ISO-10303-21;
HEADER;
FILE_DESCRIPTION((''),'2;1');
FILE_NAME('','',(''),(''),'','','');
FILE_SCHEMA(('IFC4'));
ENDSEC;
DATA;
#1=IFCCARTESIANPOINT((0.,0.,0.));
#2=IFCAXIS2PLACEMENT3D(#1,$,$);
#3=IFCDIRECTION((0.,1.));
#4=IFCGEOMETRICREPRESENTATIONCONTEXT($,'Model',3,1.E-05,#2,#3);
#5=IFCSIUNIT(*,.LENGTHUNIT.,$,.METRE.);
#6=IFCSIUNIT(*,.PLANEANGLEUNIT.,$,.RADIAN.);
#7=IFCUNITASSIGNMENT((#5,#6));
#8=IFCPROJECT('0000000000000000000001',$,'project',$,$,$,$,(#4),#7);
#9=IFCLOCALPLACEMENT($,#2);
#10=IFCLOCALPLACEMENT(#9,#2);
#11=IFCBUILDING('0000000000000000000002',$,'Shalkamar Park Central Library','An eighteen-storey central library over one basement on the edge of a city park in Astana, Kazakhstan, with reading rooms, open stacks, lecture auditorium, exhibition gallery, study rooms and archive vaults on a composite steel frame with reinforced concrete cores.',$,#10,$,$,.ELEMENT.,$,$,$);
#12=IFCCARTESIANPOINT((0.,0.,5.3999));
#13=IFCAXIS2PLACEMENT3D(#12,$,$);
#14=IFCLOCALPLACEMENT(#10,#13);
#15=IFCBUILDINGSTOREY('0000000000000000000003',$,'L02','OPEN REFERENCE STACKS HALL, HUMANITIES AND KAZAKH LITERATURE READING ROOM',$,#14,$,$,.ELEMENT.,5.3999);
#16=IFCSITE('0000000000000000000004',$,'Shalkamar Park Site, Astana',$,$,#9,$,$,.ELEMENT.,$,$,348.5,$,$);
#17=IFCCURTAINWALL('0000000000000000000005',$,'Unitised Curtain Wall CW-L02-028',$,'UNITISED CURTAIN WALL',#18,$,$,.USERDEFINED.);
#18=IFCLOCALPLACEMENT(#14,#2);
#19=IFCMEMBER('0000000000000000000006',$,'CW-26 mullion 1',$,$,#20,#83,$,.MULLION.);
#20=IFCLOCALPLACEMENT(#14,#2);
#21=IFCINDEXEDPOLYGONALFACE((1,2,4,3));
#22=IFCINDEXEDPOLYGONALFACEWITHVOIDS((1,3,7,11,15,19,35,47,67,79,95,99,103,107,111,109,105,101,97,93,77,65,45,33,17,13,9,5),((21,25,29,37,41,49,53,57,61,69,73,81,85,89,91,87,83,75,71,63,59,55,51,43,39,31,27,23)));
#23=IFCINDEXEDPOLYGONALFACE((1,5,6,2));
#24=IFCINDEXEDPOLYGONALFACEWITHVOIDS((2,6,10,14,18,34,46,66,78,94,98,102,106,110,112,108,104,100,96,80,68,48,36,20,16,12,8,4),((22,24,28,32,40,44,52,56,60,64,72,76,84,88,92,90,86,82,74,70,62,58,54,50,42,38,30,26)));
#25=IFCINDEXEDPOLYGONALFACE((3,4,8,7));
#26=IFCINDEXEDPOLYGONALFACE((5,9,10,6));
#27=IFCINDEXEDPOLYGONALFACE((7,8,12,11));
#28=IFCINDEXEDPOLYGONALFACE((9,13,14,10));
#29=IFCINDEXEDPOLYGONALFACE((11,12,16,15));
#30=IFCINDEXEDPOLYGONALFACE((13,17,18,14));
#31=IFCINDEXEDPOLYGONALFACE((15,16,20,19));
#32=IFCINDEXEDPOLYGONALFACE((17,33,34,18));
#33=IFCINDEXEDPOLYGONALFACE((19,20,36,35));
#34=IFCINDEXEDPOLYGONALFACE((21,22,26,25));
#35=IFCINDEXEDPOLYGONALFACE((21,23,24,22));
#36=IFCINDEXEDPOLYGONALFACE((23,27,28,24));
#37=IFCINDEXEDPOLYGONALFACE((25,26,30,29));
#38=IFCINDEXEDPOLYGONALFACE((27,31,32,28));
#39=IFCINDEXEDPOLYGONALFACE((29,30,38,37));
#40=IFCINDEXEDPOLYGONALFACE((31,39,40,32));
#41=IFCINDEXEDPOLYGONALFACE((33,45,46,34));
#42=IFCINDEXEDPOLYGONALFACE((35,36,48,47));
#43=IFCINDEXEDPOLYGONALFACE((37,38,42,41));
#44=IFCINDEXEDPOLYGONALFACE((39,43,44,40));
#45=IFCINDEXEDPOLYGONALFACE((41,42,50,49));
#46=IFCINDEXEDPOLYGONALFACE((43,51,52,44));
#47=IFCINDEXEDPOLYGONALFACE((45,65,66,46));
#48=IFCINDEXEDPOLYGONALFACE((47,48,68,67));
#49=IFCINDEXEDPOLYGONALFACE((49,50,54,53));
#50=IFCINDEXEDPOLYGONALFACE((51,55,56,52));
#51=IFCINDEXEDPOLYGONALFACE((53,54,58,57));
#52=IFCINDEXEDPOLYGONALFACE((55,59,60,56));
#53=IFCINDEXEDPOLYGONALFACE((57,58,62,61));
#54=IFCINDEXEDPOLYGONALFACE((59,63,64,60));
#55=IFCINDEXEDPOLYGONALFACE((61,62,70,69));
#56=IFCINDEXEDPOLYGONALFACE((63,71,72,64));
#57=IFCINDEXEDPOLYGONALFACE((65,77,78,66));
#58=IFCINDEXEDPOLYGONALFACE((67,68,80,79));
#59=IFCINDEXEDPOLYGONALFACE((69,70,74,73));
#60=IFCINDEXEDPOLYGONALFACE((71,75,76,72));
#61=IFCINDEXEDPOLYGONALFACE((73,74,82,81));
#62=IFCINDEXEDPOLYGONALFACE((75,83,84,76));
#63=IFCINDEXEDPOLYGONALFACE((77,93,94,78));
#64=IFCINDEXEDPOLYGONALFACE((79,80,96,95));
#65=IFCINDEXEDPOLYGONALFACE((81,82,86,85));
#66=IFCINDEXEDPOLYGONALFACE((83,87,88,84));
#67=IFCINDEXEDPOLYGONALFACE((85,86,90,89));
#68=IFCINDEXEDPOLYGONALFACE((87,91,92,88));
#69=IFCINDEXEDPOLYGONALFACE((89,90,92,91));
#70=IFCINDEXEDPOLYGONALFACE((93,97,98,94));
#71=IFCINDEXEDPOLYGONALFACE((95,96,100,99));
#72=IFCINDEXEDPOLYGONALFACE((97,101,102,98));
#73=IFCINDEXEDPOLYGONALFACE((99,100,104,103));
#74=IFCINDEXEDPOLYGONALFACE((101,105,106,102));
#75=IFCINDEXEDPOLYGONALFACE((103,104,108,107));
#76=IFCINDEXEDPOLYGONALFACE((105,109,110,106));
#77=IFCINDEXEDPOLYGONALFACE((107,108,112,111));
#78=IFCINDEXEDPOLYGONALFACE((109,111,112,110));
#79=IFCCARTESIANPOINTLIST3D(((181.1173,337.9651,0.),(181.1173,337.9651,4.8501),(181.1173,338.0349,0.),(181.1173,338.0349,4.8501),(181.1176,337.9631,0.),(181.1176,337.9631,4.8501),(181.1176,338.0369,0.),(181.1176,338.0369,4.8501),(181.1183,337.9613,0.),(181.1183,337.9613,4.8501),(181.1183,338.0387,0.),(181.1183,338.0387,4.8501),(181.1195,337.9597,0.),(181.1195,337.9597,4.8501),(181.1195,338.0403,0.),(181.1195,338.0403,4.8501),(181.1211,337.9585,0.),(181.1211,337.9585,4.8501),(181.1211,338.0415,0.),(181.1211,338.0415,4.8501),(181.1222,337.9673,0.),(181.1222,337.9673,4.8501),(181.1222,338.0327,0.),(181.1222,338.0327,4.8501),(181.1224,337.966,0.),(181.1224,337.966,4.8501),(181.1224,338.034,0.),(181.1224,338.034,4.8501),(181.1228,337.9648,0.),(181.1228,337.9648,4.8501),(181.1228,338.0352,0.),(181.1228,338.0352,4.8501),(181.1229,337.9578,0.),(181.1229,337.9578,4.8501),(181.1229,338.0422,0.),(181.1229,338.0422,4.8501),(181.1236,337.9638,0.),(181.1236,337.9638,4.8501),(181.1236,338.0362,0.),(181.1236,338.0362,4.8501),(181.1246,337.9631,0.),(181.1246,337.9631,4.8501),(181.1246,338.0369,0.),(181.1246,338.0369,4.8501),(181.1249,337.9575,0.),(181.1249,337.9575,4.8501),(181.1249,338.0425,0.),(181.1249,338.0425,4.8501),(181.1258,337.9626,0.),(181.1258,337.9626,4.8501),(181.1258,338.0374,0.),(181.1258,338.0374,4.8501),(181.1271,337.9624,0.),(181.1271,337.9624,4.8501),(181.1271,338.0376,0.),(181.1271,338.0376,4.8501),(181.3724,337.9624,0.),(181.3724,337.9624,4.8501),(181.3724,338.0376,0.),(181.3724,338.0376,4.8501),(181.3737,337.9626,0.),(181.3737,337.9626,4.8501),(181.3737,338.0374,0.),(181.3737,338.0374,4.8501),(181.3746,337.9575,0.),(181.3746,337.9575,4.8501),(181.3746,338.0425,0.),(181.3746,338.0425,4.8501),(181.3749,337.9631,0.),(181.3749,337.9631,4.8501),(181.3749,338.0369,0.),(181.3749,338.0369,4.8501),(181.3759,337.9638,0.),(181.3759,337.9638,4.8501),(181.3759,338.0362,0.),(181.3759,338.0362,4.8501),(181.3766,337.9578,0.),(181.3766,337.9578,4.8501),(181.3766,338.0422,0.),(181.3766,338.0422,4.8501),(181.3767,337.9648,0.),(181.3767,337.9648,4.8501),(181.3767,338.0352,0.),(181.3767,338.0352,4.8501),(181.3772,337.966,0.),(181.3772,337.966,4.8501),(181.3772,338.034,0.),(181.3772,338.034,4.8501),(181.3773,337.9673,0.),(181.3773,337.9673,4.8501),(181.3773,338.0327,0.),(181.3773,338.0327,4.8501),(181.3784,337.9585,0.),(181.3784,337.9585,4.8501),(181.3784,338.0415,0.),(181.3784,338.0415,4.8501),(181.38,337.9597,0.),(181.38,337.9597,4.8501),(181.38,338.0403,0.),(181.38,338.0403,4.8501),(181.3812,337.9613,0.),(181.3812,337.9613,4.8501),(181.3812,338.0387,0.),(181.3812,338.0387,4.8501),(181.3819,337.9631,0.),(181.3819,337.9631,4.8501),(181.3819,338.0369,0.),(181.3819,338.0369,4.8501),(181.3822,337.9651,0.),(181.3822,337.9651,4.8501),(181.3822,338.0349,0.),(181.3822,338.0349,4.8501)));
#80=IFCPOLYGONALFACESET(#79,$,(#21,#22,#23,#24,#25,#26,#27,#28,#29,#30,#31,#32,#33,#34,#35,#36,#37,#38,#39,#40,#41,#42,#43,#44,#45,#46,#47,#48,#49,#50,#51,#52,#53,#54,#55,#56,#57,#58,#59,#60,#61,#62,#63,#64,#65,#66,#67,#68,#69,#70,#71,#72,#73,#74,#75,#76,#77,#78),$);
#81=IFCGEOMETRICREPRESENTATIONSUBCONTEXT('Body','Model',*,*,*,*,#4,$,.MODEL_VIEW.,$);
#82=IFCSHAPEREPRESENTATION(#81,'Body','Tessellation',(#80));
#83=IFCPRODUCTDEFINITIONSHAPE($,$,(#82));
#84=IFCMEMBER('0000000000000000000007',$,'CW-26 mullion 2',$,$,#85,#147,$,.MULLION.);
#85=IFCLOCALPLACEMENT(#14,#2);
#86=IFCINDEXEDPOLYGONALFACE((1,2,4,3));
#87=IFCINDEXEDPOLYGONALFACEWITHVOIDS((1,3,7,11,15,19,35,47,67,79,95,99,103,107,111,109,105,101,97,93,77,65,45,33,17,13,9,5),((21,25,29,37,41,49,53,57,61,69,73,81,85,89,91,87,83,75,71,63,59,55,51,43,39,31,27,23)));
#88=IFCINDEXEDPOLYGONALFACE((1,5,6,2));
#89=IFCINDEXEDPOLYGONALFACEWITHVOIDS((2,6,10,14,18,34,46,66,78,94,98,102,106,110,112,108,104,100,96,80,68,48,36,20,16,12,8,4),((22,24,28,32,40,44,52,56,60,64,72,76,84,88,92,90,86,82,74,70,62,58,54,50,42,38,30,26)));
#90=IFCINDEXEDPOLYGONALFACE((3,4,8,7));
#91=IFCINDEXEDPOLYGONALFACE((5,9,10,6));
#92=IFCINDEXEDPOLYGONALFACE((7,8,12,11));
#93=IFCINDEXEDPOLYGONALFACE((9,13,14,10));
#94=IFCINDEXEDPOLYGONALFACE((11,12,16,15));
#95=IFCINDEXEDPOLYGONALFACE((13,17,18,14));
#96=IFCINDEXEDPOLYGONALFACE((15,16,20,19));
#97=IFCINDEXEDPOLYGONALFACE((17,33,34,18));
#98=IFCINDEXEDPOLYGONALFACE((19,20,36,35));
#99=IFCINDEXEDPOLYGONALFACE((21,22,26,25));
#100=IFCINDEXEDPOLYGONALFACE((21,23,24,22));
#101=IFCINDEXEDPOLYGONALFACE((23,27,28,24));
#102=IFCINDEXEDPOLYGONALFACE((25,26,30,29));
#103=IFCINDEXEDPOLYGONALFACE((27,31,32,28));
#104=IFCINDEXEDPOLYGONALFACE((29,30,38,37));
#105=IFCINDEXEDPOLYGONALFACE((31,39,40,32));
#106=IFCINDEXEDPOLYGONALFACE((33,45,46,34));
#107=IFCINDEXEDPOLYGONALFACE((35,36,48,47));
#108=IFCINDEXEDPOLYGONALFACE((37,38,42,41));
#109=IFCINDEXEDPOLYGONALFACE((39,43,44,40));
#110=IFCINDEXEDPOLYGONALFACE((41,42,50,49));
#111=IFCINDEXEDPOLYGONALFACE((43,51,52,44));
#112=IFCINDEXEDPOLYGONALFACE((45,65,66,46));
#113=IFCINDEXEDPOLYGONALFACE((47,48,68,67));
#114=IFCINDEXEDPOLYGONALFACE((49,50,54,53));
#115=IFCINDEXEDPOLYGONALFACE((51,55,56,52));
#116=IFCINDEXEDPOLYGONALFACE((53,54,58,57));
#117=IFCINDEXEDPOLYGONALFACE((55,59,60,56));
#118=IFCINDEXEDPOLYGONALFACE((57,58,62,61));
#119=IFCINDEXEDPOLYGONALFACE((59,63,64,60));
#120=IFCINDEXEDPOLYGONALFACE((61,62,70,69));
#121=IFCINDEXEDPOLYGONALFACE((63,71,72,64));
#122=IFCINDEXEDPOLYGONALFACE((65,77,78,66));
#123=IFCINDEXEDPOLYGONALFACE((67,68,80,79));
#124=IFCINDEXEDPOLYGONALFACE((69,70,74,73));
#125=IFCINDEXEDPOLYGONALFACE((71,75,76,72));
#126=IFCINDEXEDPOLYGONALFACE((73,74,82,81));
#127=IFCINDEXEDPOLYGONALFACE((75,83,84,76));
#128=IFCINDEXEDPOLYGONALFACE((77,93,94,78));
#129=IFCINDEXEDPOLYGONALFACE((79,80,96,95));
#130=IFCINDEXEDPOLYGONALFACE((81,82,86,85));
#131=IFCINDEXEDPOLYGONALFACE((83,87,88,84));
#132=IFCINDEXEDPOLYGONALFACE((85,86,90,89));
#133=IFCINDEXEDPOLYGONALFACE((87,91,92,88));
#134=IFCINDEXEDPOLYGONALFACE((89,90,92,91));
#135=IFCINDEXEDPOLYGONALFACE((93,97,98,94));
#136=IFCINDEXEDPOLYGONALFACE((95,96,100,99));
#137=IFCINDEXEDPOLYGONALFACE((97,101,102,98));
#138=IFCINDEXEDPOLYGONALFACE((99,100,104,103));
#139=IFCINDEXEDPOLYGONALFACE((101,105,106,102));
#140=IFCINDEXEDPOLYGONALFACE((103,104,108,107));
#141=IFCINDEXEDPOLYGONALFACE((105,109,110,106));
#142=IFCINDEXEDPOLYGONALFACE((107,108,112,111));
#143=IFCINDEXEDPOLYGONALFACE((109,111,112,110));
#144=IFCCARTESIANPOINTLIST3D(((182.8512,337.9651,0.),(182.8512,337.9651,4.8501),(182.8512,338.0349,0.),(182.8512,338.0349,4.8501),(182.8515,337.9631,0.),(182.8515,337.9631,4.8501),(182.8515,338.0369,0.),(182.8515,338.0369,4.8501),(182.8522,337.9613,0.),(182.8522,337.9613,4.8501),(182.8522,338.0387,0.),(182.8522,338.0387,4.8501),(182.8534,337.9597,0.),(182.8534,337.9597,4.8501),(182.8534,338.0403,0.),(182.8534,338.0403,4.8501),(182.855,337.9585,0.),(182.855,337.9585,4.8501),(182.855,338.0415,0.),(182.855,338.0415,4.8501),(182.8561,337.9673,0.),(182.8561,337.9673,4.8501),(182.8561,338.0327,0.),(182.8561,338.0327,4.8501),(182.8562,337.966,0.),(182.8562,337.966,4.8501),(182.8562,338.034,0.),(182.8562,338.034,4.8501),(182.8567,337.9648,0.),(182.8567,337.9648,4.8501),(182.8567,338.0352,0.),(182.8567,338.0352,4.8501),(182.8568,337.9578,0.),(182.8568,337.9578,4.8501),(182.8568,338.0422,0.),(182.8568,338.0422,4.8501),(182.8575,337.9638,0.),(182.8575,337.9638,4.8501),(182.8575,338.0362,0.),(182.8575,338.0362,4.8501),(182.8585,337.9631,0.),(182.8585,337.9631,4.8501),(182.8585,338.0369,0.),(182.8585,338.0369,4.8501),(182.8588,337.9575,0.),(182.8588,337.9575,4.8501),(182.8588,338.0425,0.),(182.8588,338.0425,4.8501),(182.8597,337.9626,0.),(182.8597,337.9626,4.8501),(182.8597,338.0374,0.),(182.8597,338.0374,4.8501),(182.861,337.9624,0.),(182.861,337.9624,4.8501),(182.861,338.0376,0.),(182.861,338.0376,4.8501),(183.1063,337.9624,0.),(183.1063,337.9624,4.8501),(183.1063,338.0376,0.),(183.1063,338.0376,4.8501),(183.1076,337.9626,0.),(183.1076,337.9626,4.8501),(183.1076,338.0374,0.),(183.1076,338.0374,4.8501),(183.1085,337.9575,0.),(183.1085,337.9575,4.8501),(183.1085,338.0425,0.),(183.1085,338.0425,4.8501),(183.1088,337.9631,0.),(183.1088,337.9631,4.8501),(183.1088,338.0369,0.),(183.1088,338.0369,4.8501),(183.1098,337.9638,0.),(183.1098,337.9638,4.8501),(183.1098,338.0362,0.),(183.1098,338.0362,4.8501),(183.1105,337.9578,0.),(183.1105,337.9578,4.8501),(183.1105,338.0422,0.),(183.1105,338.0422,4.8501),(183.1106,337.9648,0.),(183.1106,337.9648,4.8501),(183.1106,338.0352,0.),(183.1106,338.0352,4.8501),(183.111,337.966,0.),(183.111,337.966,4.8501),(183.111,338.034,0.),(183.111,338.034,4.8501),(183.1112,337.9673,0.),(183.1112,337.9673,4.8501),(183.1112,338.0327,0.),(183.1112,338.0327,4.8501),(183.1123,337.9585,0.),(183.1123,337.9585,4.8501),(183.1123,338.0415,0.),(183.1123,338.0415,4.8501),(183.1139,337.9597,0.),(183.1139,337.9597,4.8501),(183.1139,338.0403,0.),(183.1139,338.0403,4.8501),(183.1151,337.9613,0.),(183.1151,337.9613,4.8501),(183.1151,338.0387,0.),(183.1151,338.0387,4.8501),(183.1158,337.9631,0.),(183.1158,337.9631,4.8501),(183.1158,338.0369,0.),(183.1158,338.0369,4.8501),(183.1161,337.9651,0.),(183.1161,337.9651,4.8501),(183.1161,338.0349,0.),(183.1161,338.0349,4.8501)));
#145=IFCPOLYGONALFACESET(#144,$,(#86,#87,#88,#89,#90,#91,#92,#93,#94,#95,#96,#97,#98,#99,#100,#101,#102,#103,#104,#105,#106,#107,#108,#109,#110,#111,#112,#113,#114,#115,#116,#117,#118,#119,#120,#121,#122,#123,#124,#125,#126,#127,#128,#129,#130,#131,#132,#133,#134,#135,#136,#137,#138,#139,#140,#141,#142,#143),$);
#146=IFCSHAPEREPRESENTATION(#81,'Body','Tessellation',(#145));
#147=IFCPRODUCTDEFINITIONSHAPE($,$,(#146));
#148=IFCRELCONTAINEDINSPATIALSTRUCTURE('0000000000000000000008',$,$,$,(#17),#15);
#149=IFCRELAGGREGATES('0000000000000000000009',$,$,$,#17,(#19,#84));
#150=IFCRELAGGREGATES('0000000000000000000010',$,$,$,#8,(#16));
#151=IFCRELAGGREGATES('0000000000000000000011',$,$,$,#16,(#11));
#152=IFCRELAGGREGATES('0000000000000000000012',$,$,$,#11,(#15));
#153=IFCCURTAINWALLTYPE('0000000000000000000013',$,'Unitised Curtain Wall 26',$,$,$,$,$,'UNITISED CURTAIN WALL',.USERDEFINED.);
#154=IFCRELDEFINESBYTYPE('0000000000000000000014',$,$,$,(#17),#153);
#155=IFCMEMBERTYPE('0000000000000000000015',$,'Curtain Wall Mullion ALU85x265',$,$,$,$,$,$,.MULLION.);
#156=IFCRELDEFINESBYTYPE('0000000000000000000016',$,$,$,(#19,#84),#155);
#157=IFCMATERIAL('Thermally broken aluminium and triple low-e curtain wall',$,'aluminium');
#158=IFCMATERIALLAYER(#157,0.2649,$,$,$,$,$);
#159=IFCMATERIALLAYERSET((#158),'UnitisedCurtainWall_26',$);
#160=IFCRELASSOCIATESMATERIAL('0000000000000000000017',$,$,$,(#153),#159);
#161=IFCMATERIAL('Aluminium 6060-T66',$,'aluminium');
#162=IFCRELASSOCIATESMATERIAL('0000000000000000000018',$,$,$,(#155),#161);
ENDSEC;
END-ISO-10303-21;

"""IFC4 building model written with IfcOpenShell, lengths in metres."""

from ifc_helpers import new_model, si_unit, direction, frame, origin, origin_2d, place, context, subcontext, project, spatial, hollow_rectangle, extrude, material, layer, layer_set, material_profile, profile_set, type_object, element, aggregate, save


model = new_model("IFC4")

# Units and contexts
model_context = context("Model", 3, precision=1e-05, world=origin(), true_north=direction((0.0, 1.0)))
body_context = subcontext(model_context, "Body", "Model", "MODEL_VIEW")
ifc_project = project(units=[si_unit("LENGTHUNIT", "METRE"), si_unit("PLANEANGLEUNIT", "RADIAN")], contexts=[model_context])

# Site, building, storey
site_placement = place(None, origin())
site = spatial("IfcSite", under=ifc_project, at=site_placement, Name="Shalkamar Park Site, Astana", CompositionType="ELEMENT", RefElevation=348.5)
building_placement = place(site_placement, origin())
building = spatial("IfcBuilding", under=site, at=building_placement, Name="Shalkamar Park Central Library", Description="An eighteen-storey central library over one basement on the edge of a city park in Astana, Kazakhstan, with reading rooms, open stacks, lecture auditorium, exhibition gallery, study rooms and archive vaults on a composite steel frame with reinforced concrete cores.", CompositionType="ELEMENT")
storey_placement = place(building_placement, frame((0.0, 0.0, 5.3999)))
storey = spatial("IfcBuildingStorey", under=building, at=storey_placement, Name="L02", Description="OPEN REFERENCE STACKS HALL, HUMANITIES AND KAZAKH LITERATURE READING ROOM", CompositionType="ELEMENT", Elevation=5.3999)

# Curtain wall, members
ifc_material_1 = material(Name="Thermally broken aluminium and triple low-e curtain wall", Category="aluminium")
ifc_layer_1 = layer(ifc_material_1, 0.2649)
ifc_layer_set_1 = layer_set([ifc_layer_1], Name="UnitisedCurtainWall_26")
curtain_wall_type = type_object("IfcCurtainWallType", Name="Unitised Curtain Wall 26", ElementType="UNITISED CURTAIN WALL", PredefinedType="USERDEFINED", material=ifc_layer_set_1)
curtain_wall_placement = place(storey_placement, origin())
curtain_wall = element("IfcCurtainWall", 1, at=curtain_wall_placement, inside=storey, type_object=curtain_wall_type, Name="Unitised Curtain Wall CW-L02-028", ObjectType="UNITISED CURTAIN WALL", PredefinedType="USERDEFINED")
ifc_material_2 = material(Name="Aluminium 6060-T66", Category="aluminium")
ifc_material_profile_1 = material_profile(ifc_material_2, hollow_rectangle(XDim=0.085, YDim=0.2649, WallThickness=0.0049, InnerFilletRadius=0.0049, OuterFilletRadius=0.0076, at=origin_2d()), Name="ALU 85x265x5")
ifc_profile_set_1 = profile_set([ifc_material_profile_1], Name="Aluminium 6060-T66")
member_type_1 = type_object("IfcMemberType", Name="Curtain Wall Mullion ALU85x265", PredefinedType="MULLION", material=ifc_profile_set_1)
member_1_placement = place(storey_placement, frame((181.2498, 338.0, 0.0), z_axis=(0.0, 0.0, 1.0), x_axis=(0.0, 1.0, 0.0)))
member_1 = element("IfcMember", 2, at=member_1_placement, type_object=member_type_1, Name="CW-26 mullion 1", PredefinedType="MULLION", context=body_context, shape_type="SweptSolid", body=[
    extrude(hollow_rectangle(XDim=0.085, YDim=0.2649, WallThickness=0.0049, InnerFilletRadius=0.0049, OuterFilletRadius=0.0076, at=origin_2d()), origin(), (0.0, 0.0, 1.0), 4.8501),
])
member_2_placement = place(storey_placement, frame((182.9836, 338.0, 0.0), z_axis=(0.0, 0.0, 1.0), x_axis=(0.0, 1.0, 0.0)))
member_2 = element("IfcMember", 3, at=member_2_placement, type_object=member_type_1, Name="CW-26 mullion 2", PredefinedType="MULLION", context=body_context, shape_type="SweptSolid", body=[
    extrude(hollow_rectangle(XDim=0.085, YDim=0.2649, WallThickness=0.0049, InnerFilletRadius=0.0049, OuterFilletRadius=0.0076, at=origin_2d()), origin(), (0.0, 0.0, 1.0), 4.8501),
])

aggregate(curtain_wall, [member_1, member_2])

save(model, "model.ifc")
